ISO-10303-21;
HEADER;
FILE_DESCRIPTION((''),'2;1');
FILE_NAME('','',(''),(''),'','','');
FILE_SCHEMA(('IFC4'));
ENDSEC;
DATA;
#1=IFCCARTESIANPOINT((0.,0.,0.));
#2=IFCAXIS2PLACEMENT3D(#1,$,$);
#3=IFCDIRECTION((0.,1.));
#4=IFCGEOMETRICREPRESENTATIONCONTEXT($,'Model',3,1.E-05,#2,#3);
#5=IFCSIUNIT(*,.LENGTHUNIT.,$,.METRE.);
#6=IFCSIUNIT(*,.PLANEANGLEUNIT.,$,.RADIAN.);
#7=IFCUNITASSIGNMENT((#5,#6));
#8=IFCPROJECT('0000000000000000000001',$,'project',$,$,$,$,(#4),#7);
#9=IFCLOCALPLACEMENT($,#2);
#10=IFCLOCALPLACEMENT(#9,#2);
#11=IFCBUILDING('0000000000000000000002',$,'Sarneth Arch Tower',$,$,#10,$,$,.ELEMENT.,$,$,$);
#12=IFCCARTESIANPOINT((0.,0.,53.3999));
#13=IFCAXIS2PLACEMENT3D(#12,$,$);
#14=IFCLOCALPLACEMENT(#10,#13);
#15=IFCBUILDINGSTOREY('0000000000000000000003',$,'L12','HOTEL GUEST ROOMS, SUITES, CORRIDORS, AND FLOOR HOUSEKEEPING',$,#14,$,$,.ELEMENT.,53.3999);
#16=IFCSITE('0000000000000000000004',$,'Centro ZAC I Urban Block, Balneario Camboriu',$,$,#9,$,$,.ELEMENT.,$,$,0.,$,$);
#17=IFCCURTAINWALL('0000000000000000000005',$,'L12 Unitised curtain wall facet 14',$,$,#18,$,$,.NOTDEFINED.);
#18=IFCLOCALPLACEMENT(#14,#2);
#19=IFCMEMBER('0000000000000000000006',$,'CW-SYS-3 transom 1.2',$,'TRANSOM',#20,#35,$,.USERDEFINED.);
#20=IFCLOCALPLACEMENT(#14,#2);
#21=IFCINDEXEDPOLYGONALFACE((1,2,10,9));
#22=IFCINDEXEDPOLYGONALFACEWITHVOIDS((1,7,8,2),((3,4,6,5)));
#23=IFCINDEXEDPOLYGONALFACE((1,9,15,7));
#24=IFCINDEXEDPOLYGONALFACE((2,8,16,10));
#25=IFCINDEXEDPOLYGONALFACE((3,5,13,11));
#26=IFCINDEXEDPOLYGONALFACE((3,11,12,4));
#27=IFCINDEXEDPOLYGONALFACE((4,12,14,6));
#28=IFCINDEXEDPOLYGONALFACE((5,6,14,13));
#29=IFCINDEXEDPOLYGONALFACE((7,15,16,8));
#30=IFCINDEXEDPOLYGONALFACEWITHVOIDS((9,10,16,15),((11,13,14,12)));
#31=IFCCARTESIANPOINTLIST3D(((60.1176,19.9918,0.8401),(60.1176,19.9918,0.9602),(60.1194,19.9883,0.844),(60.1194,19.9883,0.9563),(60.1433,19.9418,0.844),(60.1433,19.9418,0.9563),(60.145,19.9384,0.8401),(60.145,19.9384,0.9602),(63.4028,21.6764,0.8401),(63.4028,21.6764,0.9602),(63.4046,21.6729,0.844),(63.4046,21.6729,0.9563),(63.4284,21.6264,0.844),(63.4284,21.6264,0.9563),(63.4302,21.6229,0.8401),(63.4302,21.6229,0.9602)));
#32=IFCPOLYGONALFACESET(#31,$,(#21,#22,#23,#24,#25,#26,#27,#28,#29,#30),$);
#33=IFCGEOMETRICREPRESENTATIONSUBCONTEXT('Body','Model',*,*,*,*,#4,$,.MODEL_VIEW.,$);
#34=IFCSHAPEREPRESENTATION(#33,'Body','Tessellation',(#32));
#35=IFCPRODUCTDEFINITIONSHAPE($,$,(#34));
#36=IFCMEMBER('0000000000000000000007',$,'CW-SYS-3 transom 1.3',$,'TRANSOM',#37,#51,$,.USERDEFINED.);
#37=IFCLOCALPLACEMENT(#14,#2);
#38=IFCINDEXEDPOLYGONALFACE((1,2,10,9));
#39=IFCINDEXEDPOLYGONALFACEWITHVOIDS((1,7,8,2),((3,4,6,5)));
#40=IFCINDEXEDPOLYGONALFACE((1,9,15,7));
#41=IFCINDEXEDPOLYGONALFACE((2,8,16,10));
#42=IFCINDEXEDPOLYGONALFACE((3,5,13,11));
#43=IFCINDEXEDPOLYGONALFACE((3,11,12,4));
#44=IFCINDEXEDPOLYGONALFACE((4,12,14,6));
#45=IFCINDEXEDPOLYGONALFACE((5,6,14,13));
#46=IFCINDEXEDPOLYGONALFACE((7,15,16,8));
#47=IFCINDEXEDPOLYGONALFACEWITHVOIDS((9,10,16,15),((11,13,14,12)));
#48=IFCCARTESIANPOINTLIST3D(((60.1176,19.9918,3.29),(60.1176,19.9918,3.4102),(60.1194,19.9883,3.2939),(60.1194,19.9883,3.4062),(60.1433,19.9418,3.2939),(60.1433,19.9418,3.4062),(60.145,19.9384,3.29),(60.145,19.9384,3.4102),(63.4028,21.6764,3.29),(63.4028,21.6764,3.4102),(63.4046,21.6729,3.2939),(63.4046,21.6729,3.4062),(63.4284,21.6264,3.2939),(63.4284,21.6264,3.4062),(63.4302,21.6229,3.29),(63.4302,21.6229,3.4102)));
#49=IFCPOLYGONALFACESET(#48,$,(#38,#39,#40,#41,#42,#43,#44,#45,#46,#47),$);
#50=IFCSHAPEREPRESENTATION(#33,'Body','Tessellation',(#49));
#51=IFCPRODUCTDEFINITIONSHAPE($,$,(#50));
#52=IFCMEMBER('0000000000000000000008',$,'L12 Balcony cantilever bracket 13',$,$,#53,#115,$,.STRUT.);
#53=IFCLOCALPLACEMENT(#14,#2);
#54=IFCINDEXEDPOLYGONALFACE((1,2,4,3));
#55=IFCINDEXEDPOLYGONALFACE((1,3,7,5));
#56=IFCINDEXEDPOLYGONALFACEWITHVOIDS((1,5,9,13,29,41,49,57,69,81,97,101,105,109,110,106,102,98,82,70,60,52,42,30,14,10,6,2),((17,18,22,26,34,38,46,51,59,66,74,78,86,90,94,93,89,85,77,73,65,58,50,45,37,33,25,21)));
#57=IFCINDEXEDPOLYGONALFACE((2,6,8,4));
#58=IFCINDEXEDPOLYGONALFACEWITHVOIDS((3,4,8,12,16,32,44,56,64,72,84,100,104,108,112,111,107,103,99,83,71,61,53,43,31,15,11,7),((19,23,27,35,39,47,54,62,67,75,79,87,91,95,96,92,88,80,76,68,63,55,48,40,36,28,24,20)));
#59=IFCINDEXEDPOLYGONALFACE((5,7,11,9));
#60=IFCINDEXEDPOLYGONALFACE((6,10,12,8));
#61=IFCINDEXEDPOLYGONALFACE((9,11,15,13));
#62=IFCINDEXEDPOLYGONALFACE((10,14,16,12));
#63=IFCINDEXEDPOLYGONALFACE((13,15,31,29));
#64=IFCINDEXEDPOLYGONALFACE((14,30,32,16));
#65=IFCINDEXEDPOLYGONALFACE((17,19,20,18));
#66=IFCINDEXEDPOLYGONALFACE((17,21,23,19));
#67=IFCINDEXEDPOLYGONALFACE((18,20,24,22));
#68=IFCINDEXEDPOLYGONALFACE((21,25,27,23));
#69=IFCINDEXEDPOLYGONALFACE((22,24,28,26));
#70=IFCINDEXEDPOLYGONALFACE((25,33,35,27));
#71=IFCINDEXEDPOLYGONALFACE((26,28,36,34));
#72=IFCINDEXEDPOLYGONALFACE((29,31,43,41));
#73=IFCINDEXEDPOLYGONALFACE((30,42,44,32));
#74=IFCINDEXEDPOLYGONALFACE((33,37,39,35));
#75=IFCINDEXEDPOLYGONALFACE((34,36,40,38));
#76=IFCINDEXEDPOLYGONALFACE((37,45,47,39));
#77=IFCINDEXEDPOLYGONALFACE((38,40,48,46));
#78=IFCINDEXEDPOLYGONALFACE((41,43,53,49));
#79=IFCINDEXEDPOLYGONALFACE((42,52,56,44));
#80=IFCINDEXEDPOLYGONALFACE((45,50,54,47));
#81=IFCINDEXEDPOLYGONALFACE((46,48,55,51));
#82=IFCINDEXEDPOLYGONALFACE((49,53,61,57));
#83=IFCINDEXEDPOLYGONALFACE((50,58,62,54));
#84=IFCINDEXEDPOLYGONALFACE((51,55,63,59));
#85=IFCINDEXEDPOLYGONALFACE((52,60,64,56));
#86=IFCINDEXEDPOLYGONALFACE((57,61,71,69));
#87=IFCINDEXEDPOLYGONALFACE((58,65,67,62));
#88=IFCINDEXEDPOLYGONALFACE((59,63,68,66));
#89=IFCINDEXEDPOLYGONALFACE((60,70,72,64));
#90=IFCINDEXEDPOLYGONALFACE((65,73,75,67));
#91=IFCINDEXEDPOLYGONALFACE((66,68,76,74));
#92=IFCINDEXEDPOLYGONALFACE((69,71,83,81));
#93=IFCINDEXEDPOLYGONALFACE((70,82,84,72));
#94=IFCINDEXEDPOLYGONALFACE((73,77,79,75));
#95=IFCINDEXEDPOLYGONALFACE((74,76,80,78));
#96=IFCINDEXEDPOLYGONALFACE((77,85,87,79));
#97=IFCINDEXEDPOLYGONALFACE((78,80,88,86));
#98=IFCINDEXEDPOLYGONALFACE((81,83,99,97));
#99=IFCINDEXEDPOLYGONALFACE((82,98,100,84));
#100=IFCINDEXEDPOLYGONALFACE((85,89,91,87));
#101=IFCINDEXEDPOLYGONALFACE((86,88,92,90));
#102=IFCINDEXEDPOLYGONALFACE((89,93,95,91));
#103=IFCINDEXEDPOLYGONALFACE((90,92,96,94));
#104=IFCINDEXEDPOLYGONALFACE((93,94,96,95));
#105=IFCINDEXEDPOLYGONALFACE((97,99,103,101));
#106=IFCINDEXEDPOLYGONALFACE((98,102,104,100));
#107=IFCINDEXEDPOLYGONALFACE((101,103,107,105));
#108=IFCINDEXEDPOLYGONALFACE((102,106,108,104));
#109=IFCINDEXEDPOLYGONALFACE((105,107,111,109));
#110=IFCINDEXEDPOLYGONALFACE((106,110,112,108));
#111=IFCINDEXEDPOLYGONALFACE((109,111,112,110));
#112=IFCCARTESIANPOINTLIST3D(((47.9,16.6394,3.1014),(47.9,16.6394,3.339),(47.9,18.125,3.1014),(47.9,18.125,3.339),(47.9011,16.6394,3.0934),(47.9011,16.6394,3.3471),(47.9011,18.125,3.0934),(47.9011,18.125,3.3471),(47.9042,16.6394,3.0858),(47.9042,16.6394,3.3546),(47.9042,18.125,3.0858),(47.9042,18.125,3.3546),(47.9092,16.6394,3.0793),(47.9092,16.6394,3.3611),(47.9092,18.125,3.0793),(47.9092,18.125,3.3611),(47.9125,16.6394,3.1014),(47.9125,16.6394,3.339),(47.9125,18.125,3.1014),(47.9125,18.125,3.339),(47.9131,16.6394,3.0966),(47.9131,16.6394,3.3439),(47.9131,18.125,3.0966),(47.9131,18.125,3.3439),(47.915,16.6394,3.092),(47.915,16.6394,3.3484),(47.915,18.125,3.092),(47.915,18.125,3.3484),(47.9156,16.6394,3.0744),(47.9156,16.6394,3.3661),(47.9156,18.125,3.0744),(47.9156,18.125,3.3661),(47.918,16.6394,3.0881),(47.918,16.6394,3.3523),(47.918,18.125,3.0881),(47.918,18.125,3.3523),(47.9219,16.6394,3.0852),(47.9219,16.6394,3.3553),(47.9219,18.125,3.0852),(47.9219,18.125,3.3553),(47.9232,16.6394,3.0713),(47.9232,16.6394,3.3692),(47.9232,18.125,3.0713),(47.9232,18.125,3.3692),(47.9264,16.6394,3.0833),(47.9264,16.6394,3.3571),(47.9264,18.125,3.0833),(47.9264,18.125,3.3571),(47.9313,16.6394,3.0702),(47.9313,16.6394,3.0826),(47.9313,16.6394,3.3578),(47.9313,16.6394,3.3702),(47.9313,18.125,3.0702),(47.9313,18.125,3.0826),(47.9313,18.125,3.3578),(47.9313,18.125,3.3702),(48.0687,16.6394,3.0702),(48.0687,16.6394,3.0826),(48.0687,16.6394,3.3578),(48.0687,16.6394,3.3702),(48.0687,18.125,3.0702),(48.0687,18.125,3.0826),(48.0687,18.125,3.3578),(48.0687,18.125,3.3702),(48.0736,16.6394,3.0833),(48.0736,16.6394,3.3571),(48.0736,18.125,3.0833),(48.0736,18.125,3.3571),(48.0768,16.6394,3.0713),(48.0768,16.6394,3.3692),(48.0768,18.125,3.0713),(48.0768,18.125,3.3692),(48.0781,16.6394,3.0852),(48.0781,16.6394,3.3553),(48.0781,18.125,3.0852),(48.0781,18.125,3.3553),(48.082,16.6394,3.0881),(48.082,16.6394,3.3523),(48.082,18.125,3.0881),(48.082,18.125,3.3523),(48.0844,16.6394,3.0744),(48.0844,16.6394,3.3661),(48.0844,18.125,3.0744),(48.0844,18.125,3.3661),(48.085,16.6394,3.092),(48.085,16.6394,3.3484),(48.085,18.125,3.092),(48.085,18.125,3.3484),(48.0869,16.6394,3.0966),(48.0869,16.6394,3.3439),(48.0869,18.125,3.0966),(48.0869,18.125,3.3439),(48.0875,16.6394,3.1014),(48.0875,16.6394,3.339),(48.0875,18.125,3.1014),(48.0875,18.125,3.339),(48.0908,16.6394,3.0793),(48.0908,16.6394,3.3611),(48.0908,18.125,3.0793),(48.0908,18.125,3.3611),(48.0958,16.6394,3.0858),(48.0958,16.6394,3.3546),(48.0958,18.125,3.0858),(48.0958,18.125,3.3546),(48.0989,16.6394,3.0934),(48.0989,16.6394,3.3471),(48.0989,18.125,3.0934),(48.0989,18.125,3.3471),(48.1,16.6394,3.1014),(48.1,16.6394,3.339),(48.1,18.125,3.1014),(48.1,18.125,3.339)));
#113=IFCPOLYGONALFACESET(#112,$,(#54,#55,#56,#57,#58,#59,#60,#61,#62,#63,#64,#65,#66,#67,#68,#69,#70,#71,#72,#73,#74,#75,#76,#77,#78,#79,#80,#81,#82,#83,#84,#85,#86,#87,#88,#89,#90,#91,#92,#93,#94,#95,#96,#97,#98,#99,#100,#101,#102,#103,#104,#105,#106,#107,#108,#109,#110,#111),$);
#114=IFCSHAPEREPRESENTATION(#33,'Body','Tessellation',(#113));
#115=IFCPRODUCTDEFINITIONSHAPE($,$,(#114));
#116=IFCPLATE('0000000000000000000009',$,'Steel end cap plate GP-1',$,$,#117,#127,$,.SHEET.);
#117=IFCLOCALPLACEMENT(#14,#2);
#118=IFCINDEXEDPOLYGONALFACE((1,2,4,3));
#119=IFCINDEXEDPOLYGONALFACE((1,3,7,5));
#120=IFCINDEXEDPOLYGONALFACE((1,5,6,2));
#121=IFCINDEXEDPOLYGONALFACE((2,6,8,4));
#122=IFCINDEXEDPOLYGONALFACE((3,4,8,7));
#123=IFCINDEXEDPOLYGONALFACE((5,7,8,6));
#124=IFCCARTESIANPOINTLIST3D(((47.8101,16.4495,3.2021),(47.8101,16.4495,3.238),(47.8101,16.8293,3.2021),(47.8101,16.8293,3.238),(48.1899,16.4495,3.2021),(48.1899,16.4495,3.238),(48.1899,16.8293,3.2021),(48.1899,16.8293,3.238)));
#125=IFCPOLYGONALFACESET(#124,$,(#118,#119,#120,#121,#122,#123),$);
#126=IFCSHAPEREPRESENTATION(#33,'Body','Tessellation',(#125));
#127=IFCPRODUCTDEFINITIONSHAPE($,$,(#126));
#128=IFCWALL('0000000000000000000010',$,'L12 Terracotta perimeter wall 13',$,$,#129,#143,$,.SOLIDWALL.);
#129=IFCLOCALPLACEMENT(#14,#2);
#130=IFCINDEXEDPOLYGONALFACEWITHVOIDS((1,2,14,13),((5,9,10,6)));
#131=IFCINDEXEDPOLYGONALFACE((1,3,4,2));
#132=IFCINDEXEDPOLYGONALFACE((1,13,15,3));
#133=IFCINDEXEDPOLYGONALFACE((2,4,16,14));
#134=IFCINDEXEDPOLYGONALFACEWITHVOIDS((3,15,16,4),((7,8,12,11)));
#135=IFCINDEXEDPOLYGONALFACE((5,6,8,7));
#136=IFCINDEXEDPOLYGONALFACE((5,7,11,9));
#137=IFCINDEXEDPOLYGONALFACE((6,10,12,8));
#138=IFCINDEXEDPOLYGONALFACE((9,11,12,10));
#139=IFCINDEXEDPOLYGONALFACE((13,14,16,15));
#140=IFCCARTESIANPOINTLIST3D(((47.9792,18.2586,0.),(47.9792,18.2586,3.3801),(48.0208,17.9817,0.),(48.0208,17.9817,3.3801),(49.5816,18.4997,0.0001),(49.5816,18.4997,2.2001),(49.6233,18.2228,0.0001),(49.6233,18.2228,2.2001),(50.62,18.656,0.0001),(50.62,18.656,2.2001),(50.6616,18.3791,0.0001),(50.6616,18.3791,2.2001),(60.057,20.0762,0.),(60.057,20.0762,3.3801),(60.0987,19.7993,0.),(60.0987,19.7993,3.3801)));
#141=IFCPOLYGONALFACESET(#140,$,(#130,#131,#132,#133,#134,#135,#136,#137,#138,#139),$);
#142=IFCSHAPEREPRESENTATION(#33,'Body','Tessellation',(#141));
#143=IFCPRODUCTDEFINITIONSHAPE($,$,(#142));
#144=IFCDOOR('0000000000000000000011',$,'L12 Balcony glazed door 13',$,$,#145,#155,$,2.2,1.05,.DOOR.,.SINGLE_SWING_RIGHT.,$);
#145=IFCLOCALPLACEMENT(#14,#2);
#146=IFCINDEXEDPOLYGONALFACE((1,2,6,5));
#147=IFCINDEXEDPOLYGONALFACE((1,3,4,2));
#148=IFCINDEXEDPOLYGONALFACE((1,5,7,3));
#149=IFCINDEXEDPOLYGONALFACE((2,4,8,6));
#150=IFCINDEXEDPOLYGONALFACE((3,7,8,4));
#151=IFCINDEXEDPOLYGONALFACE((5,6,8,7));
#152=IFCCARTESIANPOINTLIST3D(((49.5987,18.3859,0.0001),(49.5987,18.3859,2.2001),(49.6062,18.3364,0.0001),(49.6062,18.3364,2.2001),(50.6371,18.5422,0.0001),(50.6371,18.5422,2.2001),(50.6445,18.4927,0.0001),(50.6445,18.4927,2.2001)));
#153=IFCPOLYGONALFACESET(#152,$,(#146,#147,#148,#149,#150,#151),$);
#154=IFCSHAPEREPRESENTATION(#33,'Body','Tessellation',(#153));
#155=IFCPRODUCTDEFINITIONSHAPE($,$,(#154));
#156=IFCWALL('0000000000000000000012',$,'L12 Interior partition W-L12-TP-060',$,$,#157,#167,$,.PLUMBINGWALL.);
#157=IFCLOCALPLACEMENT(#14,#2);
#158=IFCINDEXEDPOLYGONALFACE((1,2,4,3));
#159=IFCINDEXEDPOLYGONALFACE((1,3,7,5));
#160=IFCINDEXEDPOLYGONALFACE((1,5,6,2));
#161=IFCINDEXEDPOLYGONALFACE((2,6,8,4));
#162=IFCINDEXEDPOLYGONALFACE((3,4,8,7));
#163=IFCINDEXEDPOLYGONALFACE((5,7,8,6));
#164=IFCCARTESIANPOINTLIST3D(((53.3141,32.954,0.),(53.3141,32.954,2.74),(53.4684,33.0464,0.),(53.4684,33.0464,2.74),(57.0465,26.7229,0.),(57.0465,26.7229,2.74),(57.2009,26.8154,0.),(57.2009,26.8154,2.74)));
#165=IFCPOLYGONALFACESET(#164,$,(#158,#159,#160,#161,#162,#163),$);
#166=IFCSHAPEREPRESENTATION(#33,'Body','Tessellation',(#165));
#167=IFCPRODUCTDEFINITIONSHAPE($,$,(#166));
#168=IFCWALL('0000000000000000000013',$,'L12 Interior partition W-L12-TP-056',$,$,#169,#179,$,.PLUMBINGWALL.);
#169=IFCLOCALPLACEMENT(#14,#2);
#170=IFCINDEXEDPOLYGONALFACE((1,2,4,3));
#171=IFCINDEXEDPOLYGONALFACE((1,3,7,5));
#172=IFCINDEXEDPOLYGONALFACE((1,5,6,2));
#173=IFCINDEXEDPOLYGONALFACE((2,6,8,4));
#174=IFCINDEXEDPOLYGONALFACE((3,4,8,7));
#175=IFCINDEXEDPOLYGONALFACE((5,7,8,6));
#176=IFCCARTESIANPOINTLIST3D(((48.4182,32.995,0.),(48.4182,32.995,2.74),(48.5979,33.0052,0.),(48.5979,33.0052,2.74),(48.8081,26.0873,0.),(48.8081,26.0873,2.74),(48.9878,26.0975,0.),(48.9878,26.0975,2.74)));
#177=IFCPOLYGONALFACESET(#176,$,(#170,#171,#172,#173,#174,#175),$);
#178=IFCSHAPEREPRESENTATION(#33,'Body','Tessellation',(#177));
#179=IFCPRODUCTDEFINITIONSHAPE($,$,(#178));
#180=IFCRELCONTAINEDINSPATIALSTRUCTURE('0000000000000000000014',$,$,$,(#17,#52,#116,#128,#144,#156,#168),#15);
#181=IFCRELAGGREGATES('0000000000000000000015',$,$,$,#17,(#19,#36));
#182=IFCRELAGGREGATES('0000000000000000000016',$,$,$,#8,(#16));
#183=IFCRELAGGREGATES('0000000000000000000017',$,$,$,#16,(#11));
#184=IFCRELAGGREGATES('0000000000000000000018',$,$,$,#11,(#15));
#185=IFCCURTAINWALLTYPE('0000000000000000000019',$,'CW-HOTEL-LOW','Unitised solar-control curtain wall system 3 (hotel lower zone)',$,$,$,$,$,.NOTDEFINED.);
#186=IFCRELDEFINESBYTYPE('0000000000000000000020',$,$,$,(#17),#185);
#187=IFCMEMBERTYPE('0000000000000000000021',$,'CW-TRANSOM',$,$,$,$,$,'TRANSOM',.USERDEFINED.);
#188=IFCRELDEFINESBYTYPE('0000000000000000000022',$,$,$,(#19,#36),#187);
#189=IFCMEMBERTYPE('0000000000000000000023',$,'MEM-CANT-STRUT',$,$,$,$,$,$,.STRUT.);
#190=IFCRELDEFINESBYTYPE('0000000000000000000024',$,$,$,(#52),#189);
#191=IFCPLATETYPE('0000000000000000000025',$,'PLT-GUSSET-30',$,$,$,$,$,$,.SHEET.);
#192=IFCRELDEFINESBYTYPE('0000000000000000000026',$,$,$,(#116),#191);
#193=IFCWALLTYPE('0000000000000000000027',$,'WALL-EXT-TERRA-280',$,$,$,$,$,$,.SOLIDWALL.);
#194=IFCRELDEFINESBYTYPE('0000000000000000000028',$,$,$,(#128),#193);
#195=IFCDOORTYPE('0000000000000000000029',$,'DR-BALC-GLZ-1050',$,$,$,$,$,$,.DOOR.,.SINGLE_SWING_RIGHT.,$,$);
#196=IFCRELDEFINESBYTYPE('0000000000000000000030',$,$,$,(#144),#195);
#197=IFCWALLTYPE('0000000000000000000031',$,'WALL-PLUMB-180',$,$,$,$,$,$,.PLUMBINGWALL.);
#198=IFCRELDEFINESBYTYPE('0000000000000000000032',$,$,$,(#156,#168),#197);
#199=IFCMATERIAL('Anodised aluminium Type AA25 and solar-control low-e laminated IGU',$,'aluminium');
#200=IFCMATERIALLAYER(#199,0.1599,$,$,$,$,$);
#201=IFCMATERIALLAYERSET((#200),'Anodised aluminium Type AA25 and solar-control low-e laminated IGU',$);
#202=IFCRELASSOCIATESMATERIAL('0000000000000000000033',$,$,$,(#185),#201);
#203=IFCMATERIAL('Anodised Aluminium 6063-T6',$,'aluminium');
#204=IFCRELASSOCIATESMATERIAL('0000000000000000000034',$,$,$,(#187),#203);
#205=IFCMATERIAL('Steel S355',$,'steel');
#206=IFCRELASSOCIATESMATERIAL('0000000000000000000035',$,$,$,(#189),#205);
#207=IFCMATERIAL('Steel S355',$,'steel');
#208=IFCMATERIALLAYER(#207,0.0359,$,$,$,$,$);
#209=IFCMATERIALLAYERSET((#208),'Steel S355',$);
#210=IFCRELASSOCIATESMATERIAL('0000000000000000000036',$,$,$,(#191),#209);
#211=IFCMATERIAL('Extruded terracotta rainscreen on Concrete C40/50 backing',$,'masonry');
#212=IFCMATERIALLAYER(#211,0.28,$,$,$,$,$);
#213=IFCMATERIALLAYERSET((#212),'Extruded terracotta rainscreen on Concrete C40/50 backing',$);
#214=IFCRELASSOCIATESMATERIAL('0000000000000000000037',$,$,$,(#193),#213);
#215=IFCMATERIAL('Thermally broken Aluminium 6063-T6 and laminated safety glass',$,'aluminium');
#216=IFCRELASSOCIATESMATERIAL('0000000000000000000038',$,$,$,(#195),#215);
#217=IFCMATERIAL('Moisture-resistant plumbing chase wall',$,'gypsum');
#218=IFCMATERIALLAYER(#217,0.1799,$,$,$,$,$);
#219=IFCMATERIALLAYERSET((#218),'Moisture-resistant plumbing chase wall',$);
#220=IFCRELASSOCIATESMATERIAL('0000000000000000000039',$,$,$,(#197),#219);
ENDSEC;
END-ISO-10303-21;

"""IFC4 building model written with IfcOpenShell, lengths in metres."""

from ifc_helpers import new_model, si_unit, direction, frame, frame_2d, origin, origin_2d, place, context, subcontext, project, spatial, rectangle, hollow_rectangle, extrude, material, layer, layer_set, material_profile, profile_set, type_object, element, fill, aggregate, save


model = new_model("IFC4")

# Units and contexts
model_context = context("Model", 3, precision=1e-05, world=origin(), true_north=direction((0.0, 1.0)))
body_context = subcontext(model_context, "Body", "Model", "MODEL_VIEW")
ifc_project = project(units=[si_unit("LENGTHUNIT", "METRE"), si_unit("PLANEANGLEUNIT", "RADIAN")], contexts=[model_context])

# Site, building, storey
site_placement = place(None, origin())
site = spatial("IfcSite", under=ifc_project, at=site_placement, Name="Centro ZAC I Urban Block, Balneario Camboriu", CompositionType="ELEMENT", RefElevation=0.0)
building_placement = place(site_placement, origin())
building = spatial("IfcBuilding", under=site, at=building_placement, Name="Sarneth Arch Tower", CompositionType="ELEMENT")
storey_placement = place(building_placement, frame((0.0, 0.0, 53.3999)))
storey = spatial("IfcBuildingStorey", under=building, at=storey_placement, Name="L12", Description="HOTEL GUEST ROOMS, SUITES, CORRIDORS, AND FLOOR HOUSEKEEPING", CompositionType="ELEMENT", Elevation=53.3999)

# Curtain wall, members
ifc_material_1 = material(Name="Anodised aluminium Type AA25 and solar-control low-e laminated IGU", Category="aluminium")
ifc_layer_1 = layer(ifc_material_1, 0.1599)
ifc_layer_set_1 = layer_set([ifc_layer_1], Name="Anodised aluminium Type AA25 and solar-control low-e laminated IGU")
curtain_wall_type = type_object("IfcCurtainWallType", Name="CW-HOTEL-LOW", Description="Unitised solar-control curtain wall system 3 (hotel lower zone)", PredefinedType="NOTDEFINED", material=ifc_layer_set_1)
curtain_wall_placement = place(storey_placement, origin())
curtain_wall = element("IfcCurtainWall", 1, at=curtain_wall_placement, inside=storey, type_object=curtain_wall_type, Name="L12 Unitised curtain wall facet 14", PredefinedType="NOTDEFINED")
ifc_material_2 = material(Name="Anodised Aluminium 6063-T6", Category="aluminium")
ifc_material_profile_1 = material_profile(ifc_material_2, hollow_rectangle(XDim=0.0601, YDim=0.1201, WallThickness=0.0039, at=origin_2d()), Name="AL-TRAN-120x60x4")
ifc_profile_set_1 = profile_set([ifc_material_profile_1], Name="Anodised Aluminium 6063-T6")
member_type_1 = type_object("IfcMemberType", Name="CW-TRANSOM", ElementType="TRANSOM", PredefinedType="USERDEFINED", material=ifc_profile_set_1)
member_1_placement = place(storey_placement, frame((60.1313, 19.9651, 0.9001), z_axis=(0.889831, 0.45629, 0.0), x_axis=(-0.45629, 0.889831, 0.0)))
member_1 = element("IfcMember", 2, at=member_1_placement, type_object=member_type_1, Name="CW-SYS-3 transom 1.2", ObjectType="TRANSOM", PredefinedType="USERDEFINED", context=body_context, shape_type="SweptSolid", body=[
    extrude(hollow_rectangle(XDim=0.0601, YDim=0.1201, WallThickness=0.0039, at=origin_2d()), origin(), (0.0, 0.0, 1.0), 3.6919),
])
member_2_placement = place(storey_placement, frame((60.1313, 19.9651, 3.3501), z_axis=(0.889831, 0.45629, 0.0), x_axis=(-0.45629, 0.889831, 0.0)))
member_2 = element("IfcMember", 3, at=member_2_placement, type_object=member_type_1, Name="CW-SYS-3 transom 1.3", ObjectType="TRANSOM", PredefinedType="USERDEFINED", context=body_context, shape_type="SweptSolid", body=[
    extrude(hollow_rectangle(XDim=0.0601, YDim=0.1201, WallThickness=0.0039, at=origin_2d()), origin(), (0.0, 0.0, 1.0), 3.6919),
])
aggregate(curtain_wall, [member_1, member_2])

# Member
ifc_material_3 = material(Name="Steel S355", Category="steel")
ifc_material_profile_2 = material_profile(ifc_material_3, hollow_rectangle(XDim=0.2, YDim=0.3, WallThickness=0.0125, InnerFilletRadius=0.0188, OuterFilletRadius=0.0312, at=origin_2d()), Name="RHS300x200x12.5")
ifc_profile_set_2 = profile_set([ifc_material_profile_2], Name="Steel S355")
member_type_2 = type_object("IfcMemberType", Name="MEM-CANT-STRUT", PredefinedType="STRUT", material=ifc_profile_set_2)
member_3_placement = place(storey_placement, frame((48.0, 18.125, 3.2202), z_axis=(0.0, -1.0, 0.0), x_axis=(1.0, 0.0, 0.0)))
element("IfcMember", 4, at=member_3_placement, inside=storey, type_object=member_type_2, Name="L12 Balcony cantilever bracket 13", PredefinedType="STRUT", context=body_context, shape_type="SweptSolid", body=[
    extrude(hollow_rectangle(XDim=0.2, YDim=0.3, WallThickness=0.0125, InnerFilletRadius=0.0188, OuterFilletRadius=0.0312, at=origin_2d()), origin(), (0.0, 0.0, 1.0), 1.4856),
])

# Plate
ifc_material_4 = material(Name="Steel S355", Category="steel")
ifc_layer_2 = layer(ifc_material_4, 0.0359)
ifc_layer_set_2 = layer_set([ifc_layer_2], Name="Steel S355")
plate_type = type_object("IfcPlateType", Name="PLT-GUSSET-30", PredefinedType="SHEET", material=ifc_layer_set_2)
plate_placement = place(storey_placement, frame((48.0, 16.6394, 3.2021), z_axis=(0.0, 0.0, 1.0), x_axis=(0.0, -1.0, 0.0)))
element("IfcPlate", 5, at=plate_placement, inside=storey, type_object=plate_type, Name="Steel end cap plate GP-1", PredefinedType="SHEET", context=body_context, shape_type="SweptSolid", body=[
    extrude(rectangle(XDim=0.3799, YDim=0.3799, at=origin_2d()), origin(), (0.0, 0.0, 1.0), 0.0359),
])

# Wall, opening, door
ifc_material_5 = material(Name="Extruded terracotta rainscreen on Concrete C40/50 backing", Category="masonry")
ifc_layer_3 = layer(ifc_material_5, 0.28)
ifc_layer_set_3 = layer_set([ifc_layer_3], Name="Extruded terracotta rainscreen on Concrete C40/50 backing")
wall_type_1 = type_object("IfcWallType", Name="WALL-EXT-TERRA-280", PredefinedType="SOLIDWALL", material=ifc_layer_set_3)
wall_1_placement = place(storey_placement, frame((48.0, 18.1201, 0.0), z_axis=(0.0, 0.0, 1.0), x_axis=(0.988865, 0.148816, 0.0)))
wall_1 = element("IfcWall", 6, at=wall_1_placement, inside=storey, type_object=wall_type_1, Name="L12 Terracotta perimeter wall 13", PredefinedType="SOLIDWALL", context=body_context, shape_type="SweptSolid", body=[
    extrude(rectangle(XDim=12.2139, YDim=0.28, at=frame_2d((6.1069, 0.0))), origin(), (0.0, 0.0, 1.0), 3.3801),
])
opening_1_placement = place(wall_1_placement, frame((1.6206, 0.0, 0.0)))
opening_1 = element("IfcOpeningElement", 7, at=opening_1_placement, cuts=wall_1, PredefinedType="OPENING", context=body_context, shape_type="SweptSolid", body=[
    extrude(rectangle(XDim=1.05, YDim=2.2, at=frame_2d((0.5249, 1.1001))), frame((0.0, 0.1499, 0.0), z_axis=(0.0, -1.0, 0.0), x_axis=(1.0, 0.0, 0.0)), (0.0, 0.0, 1.0), 0.3),
])
ifc_material_6 = material(Name="Thermally broken Aluminium 6063-T6 and laminated safety glass", Category="aluminium")
door_type_1 = type_object("IfcDoorType", Name="DR-BALC-GLZ-1050", OperationType="SINGLE_SWING_RIGHT", PredefinedType="DOOR", material=ifc_material_6)
door_1_placement = place(opening_1_placement, origin())
door_1 = element("IfcDoor", 8, at=door_1_placement, inside=storey, type_object=door_type_1, Name="L12 Balcony glazed door 13", OperationType="SINGLE_SWING_RIGHT", OverallHeight=2.2, OverallWidth=1.05, PredefinedType="DOOR", context=body_context, shape_type="SweptSolid", body=[
    extrude(rectangle(XDim=1.05, YDim=2.2, at=frame_2d((0.5249, 1.1001))), frame((0.0, 0.0249, 0.0), z_axis=(0.0, -1.0, 0.0), x_axis=(1.0, 0.0, 0.0)), (0.0, 0.0, 1.0), 0.05),
])
fill(opening_1, door_1)

# Walls
ifc_material_7 = material(Name="Moisture-resistant plumbing chase wall", Category="gypsum")
ifc_layer_4 = layer(ifc_material_7, 0.1799)
ifc_layer_set_4 = layer_set([ifc_layer_4], Name="Moisture-resistant plumbing chase wall")
wall_type_2 = type_object("IfcWallType", Name="WALL-PLUMB-180", PredefinedType="PLUMBINGWALL", material=ifc_layer_set_4)
wall_2_placement = place(storey_placement, frame((57.1238, 26.769, 0.0), z_axis=(0.0, 0.0, 1.0), x_axis=(-0.513873, 0.857866, 0.0)))
element("IfcWall", 9, at=wall_2_placement, inside=storey, type_object=wall_type_2, Name="L12 Interior partition W-L12-TP-060", PredefinedType="PLUMBINGWALL", context=body_context, shape_type="SweptSolid", body=[
    extrude(rectangle(XDim=7.2634, YDim=0.1799, at=frame_2d((3.6318, 0.0))), origin(), (0.0, 0.0, 1.0), 2.74),
])
wall_3_placement = place(storey_placement, frame((48.8979, 26.0923, 0.0), z_axis=(0.0, 0.0, 1.0), x_axis=(-0.056353, 0.998411, 0.0)))
element("IfcWall", 10, at=wall_3_placement, inside=storey, type_object=wall_type_2, Name="L12 Interior partition W-L12-TP-056", PredefinedType="PLUMBINGWALL", context=body_context, shape_type="SweptSolid", body=[
    extrude(rectangle(XDim=6.9187, YDim=0.1799, at=frame_2d((3.4595, 0.0))), origin(), (0.0, 0.0, 1.0), 2.74),
])

save(model, "model.ifc")
